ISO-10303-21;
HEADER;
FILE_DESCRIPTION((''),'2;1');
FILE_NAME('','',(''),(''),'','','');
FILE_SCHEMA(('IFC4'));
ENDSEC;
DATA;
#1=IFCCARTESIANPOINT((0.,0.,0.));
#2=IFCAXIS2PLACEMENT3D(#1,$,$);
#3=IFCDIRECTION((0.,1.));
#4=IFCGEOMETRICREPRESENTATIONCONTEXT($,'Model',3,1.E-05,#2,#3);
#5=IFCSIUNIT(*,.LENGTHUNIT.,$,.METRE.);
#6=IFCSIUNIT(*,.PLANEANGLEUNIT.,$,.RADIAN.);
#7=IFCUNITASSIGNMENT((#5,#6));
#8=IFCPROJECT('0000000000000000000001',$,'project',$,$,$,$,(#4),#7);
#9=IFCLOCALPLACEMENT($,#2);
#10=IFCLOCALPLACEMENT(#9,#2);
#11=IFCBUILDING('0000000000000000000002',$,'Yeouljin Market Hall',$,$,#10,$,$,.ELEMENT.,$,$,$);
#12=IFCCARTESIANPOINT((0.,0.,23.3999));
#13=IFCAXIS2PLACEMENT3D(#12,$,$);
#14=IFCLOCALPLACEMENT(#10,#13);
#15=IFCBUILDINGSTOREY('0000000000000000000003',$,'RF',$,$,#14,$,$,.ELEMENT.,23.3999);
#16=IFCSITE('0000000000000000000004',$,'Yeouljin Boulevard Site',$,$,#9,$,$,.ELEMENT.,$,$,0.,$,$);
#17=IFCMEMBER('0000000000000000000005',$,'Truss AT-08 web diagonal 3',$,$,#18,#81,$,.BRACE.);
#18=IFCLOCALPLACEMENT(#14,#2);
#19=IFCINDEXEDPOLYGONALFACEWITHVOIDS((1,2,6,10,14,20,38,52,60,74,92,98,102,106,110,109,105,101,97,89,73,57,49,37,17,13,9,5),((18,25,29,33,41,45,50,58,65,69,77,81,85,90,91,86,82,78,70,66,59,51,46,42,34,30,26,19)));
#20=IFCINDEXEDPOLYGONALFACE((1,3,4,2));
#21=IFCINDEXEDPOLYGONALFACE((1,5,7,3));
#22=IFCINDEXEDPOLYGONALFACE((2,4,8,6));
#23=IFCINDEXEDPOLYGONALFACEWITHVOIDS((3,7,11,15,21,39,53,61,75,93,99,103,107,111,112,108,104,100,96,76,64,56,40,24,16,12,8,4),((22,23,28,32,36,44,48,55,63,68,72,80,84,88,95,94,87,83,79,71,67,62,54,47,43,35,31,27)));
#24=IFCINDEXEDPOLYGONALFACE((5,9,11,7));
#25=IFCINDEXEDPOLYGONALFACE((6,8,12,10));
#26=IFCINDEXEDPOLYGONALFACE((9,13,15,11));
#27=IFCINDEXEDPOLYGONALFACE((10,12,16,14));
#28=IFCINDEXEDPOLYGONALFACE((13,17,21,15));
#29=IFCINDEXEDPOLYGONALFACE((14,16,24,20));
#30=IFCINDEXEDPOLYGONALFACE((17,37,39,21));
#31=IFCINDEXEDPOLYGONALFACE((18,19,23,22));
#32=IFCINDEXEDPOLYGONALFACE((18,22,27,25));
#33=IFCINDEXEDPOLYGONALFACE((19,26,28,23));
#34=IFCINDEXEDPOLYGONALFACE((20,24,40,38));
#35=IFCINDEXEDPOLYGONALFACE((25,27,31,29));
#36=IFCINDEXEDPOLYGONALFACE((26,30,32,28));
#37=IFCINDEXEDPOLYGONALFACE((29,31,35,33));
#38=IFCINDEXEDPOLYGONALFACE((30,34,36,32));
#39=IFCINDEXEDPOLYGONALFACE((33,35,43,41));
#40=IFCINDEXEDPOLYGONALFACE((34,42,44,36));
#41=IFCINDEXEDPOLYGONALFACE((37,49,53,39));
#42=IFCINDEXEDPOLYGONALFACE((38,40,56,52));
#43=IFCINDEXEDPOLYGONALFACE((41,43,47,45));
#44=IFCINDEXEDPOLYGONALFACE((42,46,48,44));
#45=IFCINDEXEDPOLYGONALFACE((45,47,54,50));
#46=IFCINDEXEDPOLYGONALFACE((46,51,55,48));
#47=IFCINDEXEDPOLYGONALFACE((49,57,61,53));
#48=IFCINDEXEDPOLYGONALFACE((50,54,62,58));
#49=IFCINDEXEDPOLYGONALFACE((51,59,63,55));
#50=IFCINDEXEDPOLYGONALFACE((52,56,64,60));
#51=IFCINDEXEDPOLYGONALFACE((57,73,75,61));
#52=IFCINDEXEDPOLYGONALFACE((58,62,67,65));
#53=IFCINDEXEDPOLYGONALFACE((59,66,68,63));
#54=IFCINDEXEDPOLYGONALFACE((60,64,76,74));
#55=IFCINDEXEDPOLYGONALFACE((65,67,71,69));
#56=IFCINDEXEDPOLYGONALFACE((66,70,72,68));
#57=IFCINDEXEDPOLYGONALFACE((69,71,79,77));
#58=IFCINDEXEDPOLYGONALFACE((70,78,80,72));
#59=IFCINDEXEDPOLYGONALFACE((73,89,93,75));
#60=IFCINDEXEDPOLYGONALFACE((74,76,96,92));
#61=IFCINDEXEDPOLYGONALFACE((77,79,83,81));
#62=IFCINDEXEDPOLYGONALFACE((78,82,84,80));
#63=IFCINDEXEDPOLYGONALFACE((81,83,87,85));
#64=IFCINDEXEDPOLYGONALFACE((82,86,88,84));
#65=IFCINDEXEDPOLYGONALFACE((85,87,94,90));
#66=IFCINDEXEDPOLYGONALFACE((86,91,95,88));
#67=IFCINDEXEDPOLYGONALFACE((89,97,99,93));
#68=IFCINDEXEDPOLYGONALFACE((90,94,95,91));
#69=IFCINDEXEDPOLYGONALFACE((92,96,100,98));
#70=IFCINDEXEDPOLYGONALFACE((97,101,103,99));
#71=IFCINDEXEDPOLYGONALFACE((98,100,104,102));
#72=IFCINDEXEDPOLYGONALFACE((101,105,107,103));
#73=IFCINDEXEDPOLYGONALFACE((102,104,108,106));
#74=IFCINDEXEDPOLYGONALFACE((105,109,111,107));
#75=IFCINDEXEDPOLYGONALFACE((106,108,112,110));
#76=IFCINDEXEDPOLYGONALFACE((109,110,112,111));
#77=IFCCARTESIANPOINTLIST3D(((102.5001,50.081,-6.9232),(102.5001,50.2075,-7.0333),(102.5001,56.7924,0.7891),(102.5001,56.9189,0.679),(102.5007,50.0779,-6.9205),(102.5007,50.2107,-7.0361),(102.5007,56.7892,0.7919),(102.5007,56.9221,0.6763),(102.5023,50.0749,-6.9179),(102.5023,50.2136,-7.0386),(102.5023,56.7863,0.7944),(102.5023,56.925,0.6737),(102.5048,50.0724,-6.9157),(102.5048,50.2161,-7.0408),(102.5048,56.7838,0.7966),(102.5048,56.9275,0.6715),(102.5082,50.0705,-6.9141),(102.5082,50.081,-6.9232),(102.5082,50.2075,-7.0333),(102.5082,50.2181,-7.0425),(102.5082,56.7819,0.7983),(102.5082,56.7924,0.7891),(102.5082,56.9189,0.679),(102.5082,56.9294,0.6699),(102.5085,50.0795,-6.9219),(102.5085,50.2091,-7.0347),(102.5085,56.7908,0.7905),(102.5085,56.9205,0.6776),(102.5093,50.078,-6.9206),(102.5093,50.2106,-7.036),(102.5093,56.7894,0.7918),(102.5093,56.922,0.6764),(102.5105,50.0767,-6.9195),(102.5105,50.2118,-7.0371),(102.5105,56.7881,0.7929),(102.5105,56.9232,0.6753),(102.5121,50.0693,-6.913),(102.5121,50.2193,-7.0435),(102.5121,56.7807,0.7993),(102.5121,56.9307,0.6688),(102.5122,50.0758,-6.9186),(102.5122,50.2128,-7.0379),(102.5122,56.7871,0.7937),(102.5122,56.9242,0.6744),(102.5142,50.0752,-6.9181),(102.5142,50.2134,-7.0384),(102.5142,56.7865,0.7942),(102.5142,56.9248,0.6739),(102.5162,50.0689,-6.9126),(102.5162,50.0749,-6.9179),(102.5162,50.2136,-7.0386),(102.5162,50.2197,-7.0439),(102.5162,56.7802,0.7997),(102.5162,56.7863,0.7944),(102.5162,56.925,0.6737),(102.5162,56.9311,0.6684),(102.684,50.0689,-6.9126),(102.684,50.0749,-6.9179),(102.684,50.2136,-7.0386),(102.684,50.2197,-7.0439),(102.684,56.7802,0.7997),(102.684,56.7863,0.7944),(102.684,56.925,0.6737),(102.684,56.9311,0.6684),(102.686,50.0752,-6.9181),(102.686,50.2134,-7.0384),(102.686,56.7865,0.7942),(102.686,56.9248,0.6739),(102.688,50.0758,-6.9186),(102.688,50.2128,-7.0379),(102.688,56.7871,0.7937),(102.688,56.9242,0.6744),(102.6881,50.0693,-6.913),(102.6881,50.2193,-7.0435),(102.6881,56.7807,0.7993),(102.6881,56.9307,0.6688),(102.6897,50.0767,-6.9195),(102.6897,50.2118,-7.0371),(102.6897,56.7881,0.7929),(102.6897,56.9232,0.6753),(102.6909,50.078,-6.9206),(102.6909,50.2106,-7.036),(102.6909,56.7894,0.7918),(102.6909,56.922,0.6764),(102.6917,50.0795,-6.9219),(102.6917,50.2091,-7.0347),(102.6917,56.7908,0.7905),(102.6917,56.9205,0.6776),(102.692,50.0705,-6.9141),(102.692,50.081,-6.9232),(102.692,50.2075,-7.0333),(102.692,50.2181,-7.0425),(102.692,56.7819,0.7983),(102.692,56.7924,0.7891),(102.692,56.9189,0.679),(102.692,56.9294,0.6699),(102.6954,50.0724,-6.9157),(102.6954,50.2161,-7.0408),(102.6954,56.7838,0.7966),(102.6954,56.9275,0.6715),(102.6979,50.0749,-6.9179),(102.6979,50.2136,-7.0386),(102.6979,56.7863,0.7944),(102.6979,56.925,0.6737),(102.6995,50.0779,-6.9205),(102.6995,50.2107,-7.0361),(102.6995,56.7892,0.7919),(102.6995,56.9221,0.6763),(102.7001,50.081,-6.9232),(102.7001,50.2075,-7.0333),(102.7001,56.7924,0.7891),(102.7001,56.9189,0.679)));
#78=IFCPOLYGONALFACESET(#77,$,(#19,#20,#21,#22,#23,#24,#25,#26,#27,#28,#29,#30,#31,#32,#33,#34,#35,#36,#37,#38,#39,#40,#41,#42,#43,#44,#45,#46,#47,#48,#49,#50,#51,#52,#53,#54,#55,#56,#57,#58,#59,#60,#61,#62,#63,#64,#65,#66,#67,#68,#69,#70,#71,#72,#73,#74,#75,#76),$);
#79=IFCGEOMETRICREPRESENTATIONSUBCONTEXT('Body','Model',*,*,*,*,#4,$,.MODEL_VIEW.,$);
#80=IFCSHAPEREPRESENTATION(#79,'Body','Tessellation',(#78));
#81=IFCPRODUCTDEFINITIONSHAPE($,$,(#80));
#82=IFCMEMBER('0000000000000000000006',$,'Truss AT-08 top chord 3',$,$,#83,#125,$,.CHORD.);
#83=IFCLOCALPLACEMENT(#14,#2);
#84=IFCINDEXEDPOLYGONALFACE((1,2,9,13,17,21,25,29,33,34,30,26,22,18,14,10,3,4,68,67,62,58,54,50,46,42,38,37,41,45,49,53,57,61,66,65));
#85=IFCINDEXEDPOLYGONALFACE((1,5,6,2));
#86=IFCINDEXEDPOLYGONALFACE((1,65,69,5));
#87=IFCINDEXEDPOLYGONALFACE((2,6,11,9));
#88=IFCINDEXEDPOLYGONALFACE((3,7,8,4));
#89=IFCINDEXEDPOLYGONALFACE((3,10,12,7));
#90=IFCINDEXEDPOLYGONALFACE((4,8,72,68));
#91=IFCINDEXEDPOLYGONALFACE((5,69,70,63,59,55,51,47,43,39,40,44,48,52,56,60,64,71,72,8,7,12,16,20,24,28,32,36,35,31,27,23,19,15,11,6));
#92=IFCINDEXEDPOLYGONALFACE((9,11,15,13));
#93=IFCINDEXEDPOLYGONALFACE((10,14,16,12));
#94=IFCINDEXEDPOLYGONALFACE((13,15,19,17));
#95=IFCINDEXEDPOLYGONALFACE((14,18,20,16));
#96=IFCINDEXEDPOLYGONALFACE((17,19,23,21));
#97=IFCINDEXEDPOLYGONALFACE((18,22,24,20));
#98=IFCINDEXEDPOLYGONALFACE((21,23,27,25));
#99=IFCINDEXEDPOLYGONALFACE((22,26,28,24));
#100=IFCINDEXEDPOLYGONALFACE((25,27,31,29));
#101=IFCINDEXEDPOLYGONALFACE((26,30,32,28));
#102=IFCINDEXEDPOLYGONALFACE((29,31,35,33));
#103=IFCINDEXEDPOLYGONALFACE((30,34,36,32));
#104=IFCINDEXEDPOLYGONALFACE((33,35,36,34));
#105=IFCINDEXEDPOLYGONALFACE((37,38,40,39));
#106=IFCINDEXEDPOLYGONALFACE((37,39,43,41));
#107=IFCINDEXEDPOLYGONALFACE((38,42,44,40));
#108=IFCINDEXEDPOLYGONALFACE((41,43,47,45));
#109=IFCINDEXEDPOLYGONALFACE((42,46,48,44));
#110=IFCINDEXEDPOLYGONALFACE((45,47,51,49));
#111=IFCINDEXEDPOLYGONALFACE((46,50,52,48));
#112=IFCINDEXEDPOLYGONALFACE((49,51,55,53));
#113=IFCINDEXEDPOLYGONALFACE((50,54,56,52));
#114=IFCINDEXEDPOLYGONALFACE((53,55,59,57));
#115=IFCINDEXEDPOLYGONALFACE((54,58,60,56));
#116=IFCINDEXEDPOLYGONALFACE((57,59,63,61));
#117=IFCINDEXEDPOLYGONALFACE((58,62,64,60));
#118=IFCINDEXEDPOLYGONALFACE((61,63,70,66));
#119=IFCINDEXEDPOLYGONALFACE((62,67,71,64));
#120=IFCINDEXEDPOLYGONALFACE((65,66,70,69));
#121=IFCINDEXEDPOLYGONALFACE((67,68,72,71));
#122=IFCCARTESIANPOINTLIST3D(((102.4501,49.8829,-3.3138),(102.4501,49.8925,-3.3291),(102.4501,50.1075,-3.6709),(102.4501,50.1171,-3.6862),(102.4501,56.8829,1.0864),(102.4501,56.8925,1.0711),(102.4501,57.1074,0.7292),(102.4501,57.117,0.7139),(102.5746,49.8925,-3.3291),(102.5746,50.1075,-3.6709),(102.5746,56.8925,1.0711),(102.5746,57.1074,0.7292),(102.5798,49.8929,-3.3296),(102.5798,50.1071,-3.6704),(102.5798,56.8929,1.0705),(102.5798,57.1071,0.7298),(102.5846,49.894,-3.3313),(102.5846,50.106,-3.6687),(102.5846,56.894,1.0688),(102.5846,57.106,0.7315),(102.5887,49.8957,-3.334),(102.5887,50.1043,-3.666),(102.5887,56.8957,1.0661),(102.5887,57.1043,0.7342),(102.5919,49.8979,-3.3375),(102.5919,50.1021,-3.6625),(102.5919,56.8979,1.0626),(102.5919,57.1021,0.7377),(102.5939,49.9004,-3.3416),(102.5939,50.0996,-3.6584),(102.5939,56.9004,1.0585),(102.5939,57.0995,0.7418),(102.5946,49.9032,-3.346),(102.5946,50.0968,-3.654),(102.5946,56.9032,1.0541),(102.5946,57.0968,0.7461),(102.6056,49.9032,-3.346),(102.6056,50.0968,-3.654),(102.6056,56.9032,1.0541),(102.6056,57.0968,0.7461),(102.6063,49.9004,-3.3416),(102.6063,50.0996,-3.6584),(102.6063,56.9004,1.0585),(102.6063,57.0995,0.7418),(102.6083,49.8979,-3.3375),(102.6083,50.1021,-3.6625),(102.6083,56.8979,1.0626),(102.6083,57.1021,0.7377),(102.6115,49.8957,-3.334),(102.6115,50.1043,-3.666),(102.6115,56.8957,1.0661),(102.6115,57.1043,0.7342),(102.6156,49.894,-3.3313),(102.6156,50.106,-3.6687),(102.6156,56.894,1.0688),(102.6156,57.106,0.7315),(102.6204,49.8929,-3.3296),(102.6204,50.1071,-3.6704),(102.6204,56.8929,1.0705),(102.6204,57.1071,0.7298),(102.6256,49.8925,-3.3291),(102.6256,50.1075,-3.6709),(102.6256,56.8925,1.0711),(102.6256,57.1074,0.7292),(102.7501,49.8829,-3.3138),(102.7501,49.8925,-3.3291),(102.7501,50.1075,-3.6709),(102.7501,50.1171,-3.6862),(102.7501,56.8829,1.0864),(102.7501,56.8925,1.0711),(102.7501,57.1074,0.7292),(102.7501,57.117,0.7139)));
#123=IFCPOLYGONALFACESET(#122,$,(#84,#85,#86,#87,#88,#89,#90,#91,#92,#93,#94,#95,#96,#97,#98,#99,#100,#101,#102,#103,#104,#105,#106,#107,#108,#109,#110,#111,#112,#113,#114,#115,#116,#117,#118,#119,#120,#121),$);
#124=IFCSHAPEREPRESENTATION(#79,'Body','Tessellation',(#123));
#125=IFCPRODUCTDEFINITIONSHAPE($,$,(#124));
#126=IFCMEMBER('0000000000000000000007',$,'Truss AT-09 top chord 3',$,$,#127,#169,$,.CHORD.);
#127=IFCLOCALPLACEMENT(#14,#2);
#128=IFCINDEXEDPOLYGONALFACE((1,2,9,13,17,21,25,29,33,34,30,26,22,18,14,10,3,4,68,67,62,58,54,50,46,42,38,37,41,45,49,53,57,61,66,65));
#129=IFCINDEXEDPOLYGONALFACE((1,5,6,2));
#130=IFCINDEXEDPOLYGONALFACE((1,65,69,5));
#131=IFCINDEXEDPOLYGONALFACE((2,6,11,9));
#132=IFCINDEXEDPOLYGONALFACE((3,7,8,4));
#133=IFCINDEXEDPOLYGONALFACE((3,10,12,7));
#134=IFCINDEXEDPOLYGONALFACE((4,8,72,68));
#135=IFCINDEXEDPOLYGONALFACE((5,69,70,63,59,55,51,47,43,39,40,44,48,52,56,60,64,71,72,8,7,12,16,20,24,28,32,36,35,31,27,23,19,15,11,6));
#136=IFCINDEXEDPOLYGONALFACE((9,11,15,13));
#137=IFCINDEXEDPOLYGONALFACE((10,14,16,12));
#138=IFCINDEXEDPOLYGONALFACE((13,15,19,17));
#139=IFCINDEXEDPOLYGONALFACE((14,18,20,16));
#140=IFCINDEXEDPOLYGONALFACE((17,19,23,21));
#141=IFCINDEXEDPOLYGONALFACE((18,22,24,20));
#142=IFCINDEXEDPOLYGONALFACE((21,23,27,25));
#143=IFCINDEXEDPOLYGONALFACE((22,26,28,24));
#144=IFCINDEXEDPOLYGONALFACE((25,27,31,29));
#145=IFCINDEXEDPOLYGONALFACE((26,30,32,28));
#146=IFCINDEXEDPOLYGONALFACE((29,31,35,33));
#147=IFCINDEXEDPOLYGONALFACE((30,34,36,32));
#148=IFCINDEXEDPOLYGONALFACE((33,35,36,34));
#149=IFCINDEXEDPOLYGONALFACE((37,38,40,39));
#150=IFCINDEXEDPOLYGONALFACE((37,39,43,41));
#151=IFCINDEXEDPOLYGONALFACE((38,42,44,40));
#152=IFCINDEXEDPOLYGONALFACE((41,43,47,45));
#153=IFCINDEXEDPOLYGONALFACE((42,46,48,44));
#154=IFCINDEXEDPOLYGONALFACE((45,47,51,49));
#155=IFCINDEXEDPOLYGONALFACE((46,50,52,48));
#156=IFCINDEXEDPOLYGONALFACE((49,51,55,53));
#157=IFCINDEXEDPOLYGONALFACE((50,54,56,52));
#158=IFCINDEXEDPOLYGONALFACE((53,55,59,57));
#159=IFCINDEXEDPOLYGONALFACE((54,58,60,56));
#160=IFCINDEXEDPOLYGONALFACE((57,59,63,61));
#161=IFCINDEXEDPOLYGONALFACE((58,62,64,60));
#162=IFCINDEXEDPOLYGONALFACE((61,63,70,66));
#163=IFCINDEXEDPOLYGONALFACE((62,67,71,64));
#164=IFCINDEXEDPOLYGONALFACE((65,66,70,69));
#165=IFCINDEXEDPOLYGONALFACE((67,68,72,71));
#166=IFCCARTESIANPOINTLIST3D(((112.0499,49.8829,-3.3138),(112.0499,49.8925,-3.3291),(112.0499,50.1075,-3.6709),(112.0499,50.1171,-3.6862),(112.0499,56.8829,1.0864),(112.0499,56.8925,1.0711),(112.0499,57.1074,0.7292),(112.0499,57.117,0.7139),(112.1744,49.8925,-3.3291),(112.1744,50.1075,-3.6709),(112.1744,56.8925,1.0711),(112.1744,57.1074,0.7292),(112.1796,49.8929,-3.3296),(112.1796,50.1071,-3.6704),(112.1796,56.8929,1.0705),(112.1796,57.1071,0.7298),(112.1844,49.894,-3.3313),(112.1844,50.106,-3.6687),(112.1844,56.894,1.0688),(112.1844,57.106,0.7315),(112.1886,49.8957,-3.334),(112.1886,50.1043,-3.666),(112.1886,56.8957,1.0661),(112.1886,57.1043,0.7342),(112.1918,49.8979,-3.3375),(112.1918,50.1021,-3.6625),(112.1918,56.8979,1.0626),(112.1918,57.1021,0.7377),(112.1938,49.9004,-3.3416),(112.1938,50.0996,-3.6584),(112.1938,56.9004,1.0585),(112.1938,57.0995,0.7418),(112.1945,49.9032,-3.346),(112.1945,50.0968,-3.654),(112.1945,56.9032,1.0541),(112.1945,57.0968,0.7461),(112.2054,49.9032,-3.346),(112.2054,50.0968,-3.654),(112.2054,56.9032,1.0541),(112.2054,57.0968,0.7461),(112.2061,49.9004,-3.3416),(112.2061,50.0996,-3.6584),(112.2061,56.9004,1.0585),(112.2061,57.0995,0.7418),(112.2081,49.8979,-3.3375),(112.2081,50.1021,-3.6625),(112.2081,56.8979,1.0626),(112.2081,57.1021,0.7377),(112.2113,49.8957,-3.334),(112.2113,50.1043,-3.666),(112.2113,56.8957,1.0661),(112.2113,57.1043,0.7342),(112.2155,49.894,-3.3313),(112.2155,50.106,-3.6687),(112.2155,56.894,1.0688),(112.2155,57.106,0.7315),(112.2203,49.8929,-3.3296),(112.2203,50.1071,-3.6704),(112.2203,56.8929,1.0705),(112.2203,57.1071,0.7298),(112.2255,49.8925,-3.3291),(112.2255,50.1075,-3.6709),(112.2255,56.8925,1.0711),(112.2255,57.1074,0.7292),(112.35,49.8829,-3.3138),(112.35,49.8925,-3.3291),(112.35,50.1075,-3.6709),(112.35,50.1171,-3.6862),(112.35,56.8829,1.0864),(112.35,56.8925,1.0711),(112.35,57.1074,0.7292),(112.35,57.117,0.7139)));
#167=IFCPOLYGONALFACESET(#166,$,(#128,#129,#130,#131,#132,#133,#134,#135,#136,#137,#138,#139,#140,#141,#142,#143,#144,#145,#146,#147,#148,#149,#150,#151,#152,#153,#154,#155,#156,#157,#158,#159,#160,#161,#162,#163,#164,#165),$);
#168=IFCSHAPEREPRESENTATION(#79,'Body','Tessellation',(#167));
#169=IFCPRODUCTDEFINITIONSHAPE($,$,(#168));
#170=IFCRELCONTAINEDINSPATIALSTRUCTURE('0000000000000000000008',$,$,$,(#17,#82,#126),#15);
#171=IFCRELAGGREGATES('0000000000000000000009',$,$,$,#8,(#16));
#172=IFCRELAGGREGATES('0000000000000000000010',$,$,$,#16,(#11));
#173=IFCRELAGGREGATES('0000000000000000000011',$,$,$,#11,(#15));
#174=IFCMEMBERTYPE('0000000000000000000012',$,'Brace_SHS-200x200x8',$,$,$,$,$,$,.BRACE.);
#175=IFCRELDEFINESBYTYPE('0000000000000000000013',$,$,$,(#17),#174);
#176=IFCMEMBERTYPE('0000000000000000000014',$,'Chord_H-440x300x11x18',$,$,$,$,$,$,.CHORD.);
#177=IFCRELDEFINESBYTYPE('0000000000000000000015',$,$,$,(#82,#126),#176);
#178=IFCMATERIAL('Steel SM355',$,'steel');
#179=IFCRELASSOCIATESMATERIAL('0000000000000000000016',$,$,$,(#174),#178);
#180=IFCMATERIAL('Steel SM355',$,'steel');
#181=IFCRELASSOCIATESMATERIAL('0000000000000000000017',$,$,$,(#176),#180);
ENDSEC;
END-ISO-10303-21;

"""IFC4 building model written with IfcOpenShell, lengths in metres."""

from ifc_helpers import new_model, si_unit, direction, frame, origin, origin_2d, place, context, subcontext, project, spatial, hollow_rectangle, i_section, extrude, material, material_profile, profile_set, type_object, element, save


model = new_model("IFC4")

# Units and contexts
model_context = context("Model", 3, precision=1e-05, world=origin(), true_north=direction((0.0, 1.0)))
body_context = subcontext(model_context, "Body", "Model", "MODEL_VIEW")
ifc_project = project(units=[si_unit("LENGTHUNIT", "METRE"), si_unit("PLANEANGLEUNIT", "RADIAN")], contexts=[model_context])

# Site, building, storey
site_placement = place(None, origin())
site = spatial("IfcSite", under=ifc_project, at=site_placement, Name="Yeouljin Boulevard Site", CompositionType="ELEMENT", RefElevation=0.0)
building_placement = place(site_placement, origin())
building = spatial("IfcBuilding", under=site, at=building_placement, Name="Yeouljin Market Hall", CompositionType="ELEMENT")
storey_placement = place(building_placement, frame((0.0, 0.0, 23.3999)))
storey = spatial("IfcBuildingStorey", under=building, at=storey_placement, Name="RF", CompositionType="ELEMENT", Elevation=23.3999)

# Members
ifc_material_1 = material(Name="Steel SM355", Category="steel")
ifc_material_profile_1 = material_profile(ifc_material_1, hollow_rectangle(XDim=0.2, YDim=0.2, WallThickness=0.0081, InnerFilletRadius=0.0081, OuterFilletRadius=0.0161, at=origin_2d()), Name="SHS-200x200x8")
ifc_profile_set_1 = profile_set([ifc_material_profile_1], Name="Steel SM355")
member_type_1 = type_object("IfcMemberType", Name="Brace_SHS-200x200x8", PredefinedType="BRACE", material=ifc_profile_set_1)
member_1_placement = place(storey_placement, frame((102.6001, 50.1443, -6.9783), z_axis=(0.0, 0.656457, 0.754364), x_axis=(-1.0, 0.0, 0.0)))
element("IfcMember", 1, at=member_1_placement, inside=storey, type_object=member_type_1, Name="Truss AT-08 web diagonal 3", PredefinedType="BRACE", context=body_context, shape_type="SweptSolid", body=[
    extrude(hollow_rectangle(XDim=0.2, YDim=0.2, WallThickness=0.0081, InnerFilletRadius=0.0081, OuterFilletRadius=0.0161, at=origin_2d()), origin(), (0.0, 0.0, 1.0), 10.2236),
])
ifc_material_2 = material(Name="Steel SM355", Category="steel")
ifc_material_profile_2 = material_profile(ifc_material_2, i_section(OverallWidth=0.3, OverallDepth=0.4399, WebThickness=0.011, FlangeThickness=0.0181, FilletRadius=0.02, at=origin_2d()), Name="H-440x300x11x18")
ifc_profile_set_2 = profile_set([ifc_material_profile_2], Name="Steel SM355")
member_type_2 = type_object("IfcMemberType", Name="Chord_H-440x300x11x18", PredefinedType="CHORD", material=ifc_profile_set_2)
for number, where, z_axis, x_axis, name in (
    (2, (102.6001, 50.0, -3.5), (0.0, 0.846629, 0.532184), (-1.0, 0.0, 0.0), "Truss AT-08 top chord 3"),
    (3, (112.2, 50.0, -3.5), (0.0, 0.846629, 0.532184), (-1.0, 0.0, 0.0), "Truss AT-09 top chord 3"),
):
    element("IfcMember", number, at=place(storey_placement, frame(where, z_axis=z_axis, x_axis=x_axis)), inside=storey, type_object=member_type_2, Name=name, PredefinedType="CHORD", context=body_context, shape_type="SweptSolid", body=[
        extrude(i_section(OverallWidth=0.3, OverallDepth=0.4399, WebThickness=0.011, FlangeThickness=0.0181, FilletRadius=0.02, at=origin_2d()), origin(), (0.0, 0.0, 1.0), 8.2681),
    ])

save(model, "model.ifc")
